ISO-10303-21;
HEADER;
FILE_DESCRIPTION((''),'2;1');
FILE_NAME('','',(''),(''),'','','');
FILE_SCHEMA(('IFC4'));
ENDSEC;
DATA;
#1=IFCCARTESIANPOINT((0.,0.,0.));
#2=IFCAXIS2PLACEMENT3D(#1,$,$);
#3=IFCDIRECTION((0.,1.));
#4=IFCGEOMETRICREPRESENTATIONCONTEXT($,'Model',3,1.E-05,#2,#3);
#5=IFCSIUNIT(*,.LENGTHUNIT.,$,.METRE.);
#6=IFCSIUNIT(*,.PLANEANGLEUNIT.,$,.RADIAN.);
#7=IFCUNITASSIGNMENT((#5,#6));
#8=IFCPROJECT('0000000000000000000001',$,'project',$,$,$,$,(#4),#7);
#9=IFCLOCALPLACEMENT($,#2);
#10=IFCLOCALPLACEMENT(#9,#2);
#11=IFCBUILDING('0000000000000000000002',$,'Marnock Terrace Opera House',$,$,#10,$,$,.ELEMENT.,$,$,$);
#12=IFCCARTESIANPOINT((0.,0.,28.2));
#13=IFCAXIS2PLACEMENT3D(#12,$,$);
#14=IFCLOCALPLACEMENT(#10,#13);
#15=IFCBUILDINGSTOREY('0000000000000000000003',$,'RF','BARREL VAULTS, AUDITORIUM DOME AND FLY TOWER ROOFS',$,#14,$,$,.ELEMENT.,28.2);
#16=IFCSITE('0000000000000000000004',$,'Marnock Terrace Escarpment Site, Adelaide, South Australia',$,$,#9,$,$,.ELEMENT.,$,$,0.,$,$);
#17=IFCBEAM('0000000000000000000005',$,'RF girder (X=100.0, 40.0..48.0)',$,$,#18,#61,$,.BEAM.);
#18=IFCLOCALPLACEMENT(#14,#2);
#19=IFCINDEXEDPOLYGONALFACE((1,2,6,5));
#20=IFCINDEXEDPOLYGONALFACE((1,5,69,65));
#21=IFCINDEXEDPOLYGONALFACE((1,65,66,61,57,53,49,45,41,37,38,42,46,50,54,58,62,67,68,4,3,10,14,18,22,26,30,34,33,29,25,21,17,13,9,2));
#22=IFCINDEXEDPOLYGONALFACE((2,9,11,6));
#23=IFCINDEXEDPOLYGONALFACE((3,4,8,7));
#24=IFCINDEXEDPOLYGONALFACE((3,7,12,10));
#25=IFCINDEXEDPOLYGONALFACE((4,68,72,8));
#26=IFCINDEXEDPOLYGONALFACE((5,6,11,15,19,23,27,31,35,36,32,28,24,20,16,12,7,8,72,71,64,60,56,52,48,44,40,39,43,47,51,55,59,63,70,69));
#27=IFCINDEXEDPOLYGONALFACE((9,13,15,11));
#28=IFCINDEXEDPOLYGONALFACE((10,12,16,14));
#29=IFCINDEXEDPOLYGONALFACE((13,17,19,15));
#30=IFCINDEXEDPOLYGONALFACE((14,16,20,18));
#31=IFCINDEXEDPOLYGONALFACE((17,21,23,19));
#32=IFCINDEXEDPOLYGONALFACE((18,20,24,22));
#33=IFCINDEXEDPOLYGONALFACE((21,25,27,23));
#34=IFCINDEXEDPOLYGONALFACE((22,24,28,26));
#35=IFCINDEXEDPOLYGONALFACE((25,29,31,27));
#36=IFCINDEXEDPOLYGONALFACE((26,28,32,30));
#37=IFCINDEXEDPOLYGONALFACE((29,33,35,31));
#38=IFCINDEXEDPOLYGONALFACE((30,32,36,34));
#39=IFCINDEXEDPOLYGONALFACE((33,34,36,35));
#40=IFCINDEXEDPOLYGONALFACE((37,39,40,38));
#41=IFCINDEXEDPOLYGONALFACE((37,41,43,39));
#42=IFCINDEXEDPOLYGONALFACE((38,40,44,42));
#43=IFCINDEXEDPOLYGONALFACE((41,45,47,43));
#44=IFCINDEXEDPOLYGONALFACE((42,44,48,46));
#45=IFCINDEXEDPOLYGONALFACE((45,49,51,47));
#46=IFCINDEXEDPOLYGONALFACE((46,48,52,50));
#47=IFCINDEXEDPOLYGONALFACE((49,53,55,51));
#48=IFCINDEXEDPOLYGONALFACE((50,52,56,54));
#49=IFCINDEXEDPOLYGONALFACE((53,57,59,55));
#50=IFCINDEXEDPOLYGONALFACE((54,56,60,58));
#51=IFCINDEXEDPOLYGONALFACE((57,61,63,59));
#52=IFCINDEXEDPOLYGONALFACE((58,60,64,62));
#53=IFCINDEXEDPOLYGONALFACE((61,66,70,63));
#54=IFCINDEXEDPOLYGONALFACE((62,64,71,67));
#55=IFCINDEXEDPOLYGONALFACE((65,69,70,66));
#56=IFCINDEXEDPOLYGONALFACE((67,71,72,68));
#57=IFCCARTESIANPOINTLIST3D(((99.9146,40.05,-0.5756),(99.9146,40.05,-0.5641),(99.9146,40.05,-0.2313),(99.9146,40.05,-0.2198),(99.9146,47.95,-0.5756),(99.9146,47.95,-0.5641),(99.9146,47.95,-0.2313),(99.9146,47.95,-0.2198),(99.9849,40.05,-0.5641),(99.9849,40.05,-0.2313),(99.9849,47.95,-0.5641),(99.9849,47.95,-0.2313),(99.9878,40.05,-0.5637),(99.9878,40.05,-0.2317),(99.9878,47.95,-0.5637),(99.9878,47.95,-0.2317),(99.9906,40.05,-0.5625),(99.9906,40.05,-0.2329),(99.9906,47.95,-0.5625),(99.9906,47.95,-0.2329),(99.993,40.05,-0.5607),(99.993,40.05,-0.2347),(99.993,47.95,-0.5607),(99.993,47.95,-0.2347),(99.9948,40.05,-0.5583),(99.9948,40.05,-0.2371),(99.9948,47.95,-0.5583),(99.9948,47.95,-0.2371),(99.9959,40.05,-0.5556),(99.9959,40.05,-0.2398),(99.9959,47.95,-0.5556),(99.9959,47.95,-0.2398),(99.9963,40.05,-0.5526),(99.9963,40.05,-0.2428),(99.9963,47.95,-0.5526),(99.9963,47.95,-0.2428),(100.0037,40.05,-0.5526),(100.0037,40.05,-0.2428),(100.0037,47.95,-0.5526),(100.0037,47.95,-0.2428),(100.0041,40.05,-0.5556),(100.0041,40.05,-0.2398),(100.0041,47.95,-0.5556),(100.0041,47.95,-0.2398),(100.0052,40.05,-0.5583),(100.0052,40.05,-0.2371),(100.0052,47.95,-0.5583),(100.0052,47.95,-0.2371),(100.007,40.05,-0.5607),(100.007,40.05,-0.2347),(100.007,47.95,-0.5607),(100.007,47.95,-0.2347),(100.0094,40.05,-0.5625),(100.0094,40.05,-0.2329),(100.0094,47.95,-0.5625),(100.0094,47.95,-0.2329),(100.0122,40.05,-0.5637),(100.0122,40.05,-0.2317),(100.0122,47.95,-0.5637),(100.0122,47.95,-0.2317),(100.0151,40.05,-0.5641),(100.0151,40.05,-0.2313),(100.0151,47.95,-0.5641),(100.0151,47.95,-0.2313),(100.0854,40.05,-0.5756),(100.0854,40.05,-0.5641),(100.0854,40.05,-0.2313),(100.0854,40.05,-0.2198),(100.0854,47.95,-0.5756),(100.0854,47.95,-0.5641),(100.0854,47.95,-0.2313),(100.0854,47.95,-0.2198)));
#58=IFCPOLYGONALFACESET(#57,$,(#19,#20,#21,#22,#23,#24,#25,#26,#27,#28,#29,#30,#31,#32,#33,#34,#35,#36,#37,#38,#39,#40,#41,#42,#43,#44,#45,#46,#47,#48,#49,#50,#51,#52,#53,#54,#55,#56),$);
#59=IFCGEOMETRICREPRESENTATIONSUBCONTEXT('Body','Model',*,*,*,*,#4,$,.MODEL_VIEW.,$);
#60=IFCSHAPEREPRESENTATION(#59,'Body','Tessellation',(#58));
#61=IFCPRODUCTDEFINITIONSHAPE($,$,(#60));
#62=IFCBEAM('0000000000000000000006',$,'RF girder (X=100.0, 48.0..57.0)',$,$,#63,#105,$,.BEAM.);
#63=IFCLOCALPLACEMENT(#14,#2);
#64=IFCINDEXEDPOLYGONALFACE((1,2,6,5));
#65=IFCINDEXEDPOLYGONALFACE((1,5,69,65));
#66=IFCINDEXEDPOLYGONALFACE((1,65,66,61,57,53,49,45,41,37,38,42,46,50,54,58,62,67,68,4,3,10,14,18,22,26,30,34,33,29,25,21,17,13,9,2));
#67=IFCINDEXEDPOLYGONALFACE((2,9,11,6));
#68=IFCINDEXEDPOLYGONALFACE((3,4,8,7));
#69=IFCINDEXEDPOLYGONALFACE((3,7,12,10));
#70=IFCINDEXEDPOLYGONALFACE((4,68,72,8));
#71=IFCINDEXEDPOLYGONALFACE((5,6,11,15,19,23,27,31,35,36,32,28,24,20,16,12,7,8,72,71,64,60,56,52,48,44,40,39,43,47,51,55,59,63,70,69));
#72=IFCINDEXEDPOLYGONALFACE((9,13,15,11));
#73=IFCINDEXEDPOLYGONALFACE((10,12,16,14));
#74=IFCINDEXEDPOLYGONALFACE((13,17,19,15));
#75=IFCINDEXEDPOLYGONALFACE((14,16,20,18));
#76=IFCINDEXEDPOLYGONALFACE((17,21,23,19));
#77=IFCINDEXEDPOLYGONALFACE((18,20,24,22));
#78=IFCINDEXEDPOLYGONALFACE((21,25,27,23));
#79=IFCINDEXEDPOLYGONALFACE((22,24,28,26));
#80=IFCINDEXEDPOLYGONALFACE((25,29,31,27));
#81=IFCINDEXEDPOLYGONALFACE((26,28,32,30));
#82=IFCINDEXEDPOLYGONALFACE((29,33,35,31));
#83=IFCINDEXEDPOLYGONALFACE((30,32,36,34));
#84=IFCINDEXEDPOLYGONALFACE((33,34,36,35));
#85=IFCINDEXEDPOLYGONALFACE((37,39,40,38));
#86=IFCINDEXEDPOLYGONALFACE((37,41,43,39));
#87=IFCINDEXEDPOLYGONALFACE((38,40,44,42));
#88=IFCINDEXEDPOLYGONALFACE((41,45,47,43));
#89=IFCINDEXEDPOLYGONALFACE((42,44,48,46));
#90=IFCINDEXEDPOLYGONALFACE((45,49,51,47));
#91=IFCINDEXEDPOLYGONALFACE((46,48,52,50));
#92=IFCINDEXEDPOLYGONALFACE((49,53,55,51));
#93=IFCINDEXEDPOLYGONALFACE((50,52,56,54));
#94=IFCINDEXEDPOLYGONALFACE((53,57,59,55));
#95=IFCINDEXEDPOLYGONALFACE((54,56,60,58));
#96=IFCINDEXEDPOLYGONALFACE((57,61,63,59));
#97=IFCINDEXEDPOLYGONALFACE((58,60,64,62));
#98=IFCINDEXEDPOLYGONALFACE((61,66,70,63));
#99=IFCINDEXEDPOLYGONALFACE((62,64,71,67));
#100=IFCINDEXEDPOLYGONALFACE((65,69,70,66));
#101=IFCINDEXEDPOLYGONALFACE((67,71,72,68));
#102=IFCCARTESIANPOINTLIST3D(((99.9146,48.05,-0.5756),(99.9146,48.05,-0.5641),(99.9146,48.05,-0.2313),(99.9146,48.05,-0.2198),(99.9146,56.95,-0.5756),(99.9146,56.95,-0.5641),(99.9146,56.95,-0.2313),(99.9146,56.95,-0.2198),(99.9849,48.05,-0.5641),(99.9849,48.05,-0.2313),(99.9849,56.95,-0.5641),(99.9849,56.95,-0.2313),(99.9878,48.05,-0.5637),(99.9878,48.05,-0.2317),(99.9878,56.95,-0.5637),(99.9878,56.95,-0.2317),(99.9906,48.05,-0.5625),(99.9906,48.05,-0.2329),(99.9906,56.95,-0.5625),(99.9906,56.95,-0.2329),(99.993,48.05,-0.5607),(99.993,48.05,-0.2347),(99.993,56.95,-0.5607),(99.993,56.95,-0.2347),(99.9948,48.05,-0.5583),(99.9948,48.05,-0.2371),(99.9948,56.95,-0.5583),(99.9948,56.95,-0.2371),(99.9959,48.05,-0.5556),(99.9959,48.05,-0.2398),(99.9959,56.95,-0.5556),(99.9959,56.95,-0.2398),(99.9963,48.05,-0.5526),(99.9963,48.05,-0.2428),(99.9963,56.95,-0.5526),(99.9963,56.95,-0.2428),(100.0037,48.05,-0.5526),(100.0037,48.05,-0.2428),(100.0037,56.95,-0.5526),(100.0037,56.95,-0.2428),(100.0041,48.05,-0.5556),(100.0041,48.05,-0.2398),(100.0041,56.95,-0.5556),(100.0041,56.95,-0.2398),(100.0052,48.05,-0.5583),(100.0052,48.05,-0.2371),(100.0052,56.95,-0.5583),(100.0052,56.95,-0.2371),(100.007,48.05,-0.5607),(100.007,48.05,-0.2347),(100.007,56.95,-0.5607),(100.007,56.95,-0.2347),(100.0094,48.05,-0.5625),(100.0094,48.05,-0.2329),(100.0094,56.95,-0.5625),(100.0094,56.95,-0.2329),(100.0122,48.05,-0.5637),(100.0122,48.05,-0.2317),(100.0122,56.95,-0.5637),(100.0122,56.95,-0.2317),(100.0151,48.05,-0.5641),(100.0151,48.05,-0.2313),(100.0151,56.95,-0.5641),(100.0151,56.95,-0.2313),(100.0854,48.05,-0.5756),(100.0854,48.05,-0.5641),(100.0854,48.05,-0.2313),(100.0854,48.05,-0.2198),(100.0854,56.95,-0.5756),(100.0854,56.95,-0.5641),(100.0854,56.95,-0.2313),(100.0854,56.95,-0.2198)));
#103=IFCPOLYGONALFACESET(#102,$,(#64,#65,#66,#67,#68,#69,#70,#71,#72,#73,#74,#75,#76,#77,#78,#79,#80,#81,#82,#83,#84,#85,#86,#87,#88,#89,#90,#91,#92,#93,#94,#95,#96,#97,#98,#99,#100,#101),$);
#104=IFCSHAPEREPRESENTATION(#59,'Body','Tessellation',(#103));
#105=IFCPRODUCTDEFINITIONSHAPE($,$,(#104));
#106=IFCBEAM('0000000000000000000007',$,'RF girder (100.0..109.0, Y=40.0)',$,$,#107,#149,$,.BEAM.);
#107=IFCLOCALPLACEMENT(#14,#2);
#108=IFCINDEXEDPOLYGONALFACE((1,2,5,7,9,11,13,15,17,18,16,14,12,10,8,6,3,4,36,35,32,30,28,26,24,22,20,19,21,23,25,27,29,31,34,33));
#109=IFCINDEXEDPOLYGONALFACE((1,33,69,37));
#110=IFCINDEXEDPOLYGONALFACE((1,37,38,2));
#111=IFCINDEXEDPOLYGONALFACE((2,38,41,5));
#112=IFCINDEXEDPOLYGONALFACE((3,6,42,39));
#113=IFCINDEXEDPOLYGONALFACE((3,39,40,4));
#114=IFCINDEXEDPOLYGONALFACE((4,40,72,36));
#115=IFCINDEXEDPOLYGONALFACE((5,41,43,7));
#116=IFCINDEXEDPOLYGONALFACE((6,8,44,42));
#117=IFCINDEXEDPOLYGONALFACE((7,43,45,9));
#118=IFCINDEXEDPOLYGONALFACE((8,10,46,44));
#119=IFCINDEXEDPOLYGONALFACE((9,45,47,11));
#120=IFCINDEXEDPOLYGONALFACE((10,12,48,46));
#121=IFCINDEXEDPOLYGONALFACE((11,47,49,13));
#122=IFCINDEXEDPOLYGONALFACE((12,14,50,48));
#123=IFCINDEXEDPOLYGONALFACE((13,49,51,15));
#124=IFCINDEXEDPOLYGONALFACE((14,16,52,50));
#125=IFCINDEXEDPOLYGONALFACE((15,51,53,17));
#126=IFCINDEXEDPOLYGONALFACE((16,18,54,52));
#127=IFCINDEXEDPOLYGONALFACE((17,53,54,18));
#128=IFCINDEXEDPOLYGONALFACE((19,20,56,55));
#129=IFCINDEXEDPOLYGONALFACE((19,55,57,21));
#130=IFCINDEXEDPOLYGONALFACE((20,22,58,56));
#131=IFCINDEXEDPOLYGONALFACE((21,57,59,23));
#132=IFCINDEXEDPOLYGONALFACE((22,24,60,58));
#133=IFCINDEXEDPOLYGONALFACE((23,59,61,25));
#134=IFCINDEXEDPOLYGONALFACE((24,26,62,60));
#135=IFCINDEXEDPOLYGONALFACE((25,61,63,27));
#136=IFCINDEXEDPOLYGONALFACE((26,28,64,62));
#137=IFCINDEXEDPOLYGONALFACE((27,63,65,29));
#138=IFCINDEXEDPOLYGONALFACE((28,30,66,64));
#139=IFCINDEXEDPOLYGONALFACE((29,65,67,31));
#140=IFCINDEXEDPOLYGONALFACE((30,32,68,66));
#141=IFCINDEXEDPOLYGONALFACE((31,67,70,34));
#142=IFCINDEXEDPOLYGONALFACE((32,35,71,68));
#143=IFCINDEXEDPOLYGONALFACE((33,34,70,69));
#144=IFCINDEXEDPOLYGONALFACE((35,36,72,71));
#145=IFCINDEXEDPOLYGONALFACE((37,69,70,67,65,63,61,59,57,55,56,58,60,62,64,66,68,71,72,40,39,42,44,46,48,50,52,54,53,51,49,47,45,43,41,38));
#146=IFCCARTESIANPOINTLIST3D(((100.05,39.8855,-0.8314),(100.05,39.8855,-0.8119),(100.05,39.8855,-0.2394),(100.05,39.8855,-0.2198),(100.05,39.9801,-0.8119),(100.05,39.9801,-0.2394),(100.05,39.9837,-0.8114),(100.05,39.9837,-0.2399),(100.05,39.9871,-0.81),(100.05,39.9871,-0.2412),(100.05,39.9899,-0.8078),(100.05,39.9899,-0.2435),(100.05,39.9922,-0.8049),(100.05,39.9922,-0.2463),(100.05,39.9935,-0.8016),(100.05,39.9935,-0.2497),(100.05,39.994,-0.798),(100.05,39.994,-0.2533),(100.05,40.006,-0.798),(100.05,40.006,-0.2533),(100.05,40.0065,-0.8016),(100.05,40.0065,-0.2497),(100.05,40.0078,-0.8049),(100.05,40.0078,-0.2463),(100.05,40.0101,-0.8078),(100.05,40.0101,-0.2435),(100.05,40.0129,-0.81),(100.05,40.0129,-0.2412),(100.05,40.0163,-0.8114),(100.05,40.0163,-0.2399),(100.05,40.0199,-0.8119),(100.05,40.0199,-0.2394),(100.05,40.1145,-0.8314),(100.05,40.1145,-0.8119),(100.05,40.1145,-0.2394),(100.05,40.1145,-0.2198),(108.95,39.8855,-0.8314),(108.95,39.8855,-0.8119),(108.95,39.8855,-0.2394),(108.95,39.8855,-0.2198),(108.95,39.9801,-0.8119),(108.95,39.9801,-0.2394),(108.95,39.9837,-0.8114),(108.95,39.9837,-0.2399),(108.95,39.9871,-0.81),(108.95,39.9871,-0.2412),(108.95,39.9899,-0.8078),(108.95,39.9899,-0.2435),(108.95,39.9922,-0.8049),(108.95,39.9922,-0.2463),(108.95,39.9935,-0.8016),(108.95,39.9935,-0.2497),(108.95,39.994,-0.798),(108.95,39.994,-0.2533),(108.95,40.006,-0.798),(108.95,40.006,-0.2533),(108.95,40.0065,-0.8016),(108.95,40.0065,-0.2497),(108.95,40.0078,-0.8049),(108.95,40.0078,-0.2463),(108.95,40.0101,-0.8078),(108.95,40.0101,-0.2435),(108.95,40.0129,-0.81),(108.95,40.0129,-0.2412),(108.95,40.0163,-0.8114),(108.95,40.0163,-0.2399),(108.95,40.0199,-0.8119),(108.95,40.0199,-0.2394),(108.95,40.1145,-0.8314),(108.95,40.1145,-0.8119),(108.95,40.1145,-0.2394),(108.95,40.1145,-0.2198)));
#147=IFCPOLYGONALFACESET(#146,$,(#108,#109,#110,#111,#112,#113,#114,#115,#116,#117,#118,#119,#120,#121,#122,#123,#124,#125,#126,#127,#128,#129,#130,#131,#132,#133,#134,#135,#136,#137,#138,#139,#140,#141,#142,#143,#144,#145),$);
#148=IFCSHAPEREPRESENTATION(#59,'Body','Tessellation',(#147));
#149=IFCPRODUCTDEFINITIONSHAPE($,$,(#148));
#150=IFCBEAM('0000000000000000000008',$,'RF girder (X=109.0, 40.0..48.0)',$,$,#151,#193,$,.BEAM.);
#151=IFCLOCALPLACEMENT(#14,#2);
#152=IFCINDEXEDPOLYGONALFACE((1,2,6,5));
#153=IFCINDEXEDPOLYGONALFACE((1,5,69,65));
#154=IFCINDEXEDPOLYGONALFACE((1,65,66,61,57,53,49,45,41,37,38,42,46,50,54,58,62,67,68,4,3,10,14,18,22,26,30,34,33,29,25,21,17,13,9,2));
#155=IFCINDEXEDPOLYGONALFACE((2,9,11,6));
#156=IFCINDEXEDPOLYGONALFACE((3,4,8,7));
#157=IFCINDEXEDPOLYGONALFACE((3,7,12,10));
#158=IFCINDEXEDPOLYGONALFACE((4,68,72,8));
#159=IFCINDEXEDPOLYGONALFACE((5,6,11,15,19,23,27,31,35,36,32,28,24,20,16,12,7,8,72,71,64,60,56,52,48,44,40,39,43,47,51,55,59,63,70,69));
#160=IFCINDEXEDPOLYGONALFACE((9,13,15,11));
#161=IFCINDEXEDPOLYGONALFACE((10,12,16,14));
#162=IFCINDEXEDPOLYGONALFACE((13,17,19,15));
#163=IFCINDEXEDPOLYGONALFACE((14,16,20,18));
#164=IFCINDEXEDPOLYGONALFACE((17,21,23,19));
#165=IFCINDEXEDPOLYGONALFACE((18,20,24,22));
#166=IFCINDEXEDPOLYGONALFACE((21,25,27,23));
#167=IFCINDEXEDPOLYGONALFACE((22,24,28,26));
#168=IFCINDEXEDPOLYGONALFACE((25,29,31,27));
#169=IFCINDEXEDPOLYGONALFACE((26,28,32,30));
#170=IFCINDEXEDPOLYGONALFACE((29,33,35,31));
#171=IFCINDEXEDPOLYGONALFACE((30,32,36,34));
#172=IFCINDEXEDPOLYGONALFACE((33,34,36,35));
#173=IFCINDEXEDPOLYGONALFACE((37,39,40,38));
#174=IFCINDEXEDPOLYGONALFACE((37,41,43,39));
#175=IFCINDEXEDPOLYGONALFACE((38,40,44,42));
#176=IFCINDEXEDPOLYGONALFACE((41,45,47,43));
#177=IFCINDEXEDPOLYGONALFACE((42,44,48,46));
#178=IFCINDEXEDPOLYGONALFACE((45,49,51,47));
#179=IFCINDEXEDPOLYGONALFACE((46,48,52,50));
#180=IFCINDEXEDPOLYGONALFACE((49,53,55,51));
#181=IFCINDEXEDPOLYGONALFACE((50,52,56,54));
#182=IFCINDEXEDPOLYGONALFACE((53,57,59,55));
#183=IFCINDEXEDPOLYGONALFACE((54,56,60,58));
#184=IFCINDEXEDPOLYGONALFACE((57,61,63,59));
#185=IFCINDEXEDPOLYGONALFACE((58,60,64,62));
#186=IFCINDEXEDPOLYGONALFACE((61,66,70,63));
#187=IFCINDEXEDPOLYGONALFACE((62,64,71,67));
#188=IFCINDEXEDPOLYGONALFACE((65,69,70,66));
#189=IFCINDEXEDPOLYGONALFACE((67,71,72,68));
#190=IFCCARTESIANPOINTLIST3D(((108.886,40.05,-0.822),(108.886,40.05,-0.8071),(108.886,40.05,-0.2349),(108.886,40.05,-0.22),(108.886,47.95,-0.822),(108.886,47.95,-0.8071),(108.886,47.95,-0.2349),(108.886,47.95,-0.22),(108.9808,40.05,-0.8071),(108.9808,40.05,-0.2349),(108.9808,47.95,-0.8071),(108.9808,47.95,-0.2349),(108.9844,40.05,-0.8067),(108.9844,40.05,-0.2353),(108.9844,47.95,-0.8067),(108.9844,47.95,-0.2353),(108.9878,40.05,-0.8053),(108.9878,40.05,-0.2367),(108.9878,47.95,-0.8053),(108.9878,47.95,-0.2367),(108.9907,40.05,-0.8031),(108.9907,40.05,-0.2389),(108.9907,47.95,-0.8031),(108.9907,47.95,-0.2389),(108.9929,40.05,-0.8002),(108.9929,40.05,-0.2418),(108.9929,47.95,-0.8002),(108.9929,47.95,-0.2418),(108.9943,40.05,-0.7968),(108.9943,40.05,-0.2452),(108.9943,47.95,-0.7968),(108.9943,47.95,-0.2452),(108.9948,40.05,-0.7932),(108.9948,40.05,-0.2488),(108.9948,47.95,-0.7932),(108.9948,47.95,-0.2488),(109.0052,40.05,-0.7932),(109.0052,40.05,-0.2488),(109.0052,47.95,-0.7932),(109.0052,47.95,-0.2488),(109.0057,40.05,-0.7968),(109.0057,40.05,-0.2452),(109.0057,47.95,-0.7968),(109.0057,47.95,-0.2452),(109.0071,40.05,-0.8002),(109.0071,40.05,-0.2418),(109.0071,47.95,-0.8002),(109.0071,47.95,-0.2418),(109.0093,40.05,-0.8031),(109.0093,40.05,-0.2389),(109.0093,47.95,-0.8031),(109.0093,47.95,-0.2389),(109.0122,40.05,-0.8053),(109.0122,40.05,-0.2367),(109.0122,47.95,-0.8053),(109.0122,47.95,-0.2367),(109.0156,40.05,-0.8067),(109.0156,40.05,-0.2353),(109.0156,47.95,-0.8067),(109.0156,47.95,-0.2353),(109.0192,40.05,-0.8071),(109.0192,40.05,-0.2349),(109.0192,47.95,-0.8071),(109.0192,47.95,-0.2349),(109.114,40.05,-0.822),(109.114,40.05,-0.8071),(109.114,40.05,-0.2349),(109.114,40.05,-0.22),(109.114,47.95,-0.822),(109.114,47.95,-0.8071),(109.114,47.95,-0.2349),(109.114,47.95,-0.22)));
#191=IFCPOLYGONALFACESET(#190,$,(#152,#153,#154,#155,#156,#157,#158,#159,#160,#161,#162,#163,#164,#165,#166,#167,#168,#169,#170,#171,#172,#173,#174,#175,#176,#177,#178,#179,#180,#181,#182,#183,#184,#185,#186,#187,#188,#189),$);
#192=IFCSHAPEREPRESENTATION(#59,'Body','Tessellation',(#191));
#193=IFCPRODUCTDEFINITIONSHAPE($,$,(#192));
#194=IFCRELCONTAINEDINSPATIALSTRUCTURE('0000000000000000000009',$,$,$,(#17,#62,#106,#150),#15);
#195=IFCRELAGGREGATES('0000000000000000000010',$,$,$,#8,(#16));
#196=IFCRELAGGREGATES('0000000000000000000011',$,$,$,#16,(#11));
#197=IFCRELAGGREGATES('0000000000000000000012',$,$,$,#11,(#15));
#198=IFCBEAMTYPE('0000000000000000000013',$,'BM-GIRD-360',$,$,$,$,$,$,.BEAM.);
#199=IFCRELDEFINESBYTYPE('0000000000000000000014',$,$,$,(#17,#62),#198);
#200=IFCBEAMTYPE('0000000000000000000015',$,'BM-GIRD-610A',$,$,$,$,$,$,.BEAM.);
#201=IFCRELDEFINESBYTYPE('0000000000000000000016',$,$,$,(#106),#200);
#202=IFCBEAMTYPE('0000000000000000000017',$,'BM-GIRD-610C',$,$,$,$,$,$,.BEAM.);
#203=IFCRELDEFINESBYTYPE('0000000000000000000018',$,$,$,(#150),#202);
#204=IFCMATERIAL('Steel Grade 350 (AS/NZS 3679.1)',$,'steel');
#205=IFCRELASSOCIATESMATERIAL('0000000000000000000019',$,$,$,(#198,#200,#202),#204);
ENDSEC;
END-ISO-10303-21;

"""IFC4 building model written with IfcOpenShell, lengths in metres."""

from ifc_helpers import new_model, si_unit, direction, frame, origin, origin_2d, place, context, subcontext, project, spatial, i_section, extrude, material, material_profile, profile_set, type_object, element, save


model = new_model("IFC4")

# Units and contexts
model_context = context("Model", 3, precision=1e-05, world=origin(), true_north=direction((0.0, 1.0)))
body_context = subcontext(model_context, "Body", "Model", "MODEL_VIEW")
ifc_project = project(units=[si_unit("LENGTHUNIT", "METRE"), si_unit("PLANEANGLEUNIT", "RADIAN")], contexts=[model_context])

# Site, building, storey
site_placement = place(None, origin())
site = spatial("IfcSite", under=ifc_project, at=site_placement, Name="Marnock Terrace Escarpment Site, Adelaide, South Australia", CompositionType="ELEMENT", RefElevation=0.0)
building_placement = place(site_placement, origin())
building = spatial("IfcBuilding", under=site, at=building_placement, Name="Marnock Terrace Opera House", CompositionType="ELEMENT")
storey_placement = place(building_placement, frame((0.0, 0.0, 28.2)))
storey = spatial("IfcBuildingStorey", under=building, at=storey_placement, Name="RF", Description="BARREL VAULTS, AUDITORIUM DOME AND FLY TOWER ROOFS", CompositionType="ELEMENT", Elevation=28.2)

# Beams
ifc_material_1 = material(Name="Steel Grade 350 (AS/NZS 3679.1)", Category="steel")
ifc_material_profile_1 = material_profile(ifc_material_1, i_section(OverallWidth=0.1709, OverallDepth=0.3557, WebThickness=0.0073, FlangeThickness=0.0115, FilletRadius=0.0115, at=origin_2d()))
ifc_profile_set_1 = profile_set([ifc_material_profile_1], Name="Steel Grade 350 (AS/NZS 3679.1)")
beam_type_1 = type_object("IfcBeamType", Name="BM-GIRD-360", PredefinedType="BEAM", material=ifc_profile_set_1)
beam_1_placement = place(storey_placement, frame((100.0, 40.05, -0.3977), z_axis=(0.0, 1.0, 0.0), x_axis=(-1.0, 0.0, 0.0)))
element("IfcBeam", 1, at=beam_1_placement, inside=storey, type_object=beam_type_1, Name="RF girder (X=100.0, 40.0..48.0)", PredefinedType="BEAM", context=body_context, shape_type="SweptSolid", body=[
    extrude(i_section(OverallWidth=0.1709, OverallDepth=0.3557, WebThickness=0.0073, FlangeThickness=0.0115, FilletRadius=0.0115, at=origin_2d()), origin(), (0.0, 0.0, 1.0), 7.8999),
])
beam_2_placement = place(storey_placement, frame((100.0, 48.05, -0.3977), z_axis=(0.0, 1.0, 0.0), x_axis=(-1.0, 0.0, 0.0)))
element("IfcBeam", 2, at=beam_2_placement, inside=storey, type_object=beam_type_1, Name="RF girder (X=100.0, 48.0..57.0)", PredefinedType="BEAM", context=body_context, shape_type="SweptSolid", body=[
    extrude(i_section(OverallWidth=0.1709, OverallDepth=0.3557, WebThickness=0.0073, FlangeThickness=0.0115, FilletRadius=0.0115, at=origin_2d()), origin(), (0.0, 0.0, 1.0), 8.8999),
])
ifc_material_profile_2 = material_profile(ifc_material_1, i_section(OverallWidth=0.229, OverallDepth=0.6116, WebThickness=0.012, FlangeThickness=0.0195, FilletRadius=0.0139, at=origin_2d()))
ifc_profile_set_2 = profile_set([ifc_material_profile_2], Name="Steel Grade 350 (AS/NZS 3679.1)")
beam_type_2 = type_object("IfcBeamType", Name="BM-GIRD-610A", PredefinedType="BEAM", material=ifc_profile_set_2)
beam_3_placement = place(storey_placement, frame((100.05, 40.0, -0.5256), z_axis=(1.0, 0.0, 0.0), x_axis=(0.0, 1.0, 0.0)))
element("IfcBeam", 3, at=beam_3_placement, inside=storey, type_object=beam_type_2, Name="RF girder (100.0..109.0, Y=40.0)", PredefinedType="BEAM", context=body_context, shape_type="SweptSolid", body=[
    extrude(i_section(OverallWidth=0.229, OverallDepth=0.6116, WebThickness=0.012, FlangeThickness=0.0195, FilletRadius=0.0139, at=origin_2d()), origin(), (0.0, 0.0, 1.0), 8.8999),
])
ifc_material_profile_3 = material_profile(ifc_material_1, i_section(OverallWidth=0.228, OverallDepth=0.6021, WebThickness=0.0105, FlangeThickness=0.0149, FilletRadius=0.0139, at=origin_2d()))
ifc_profile_set_3 = profile_set([ifc_material_profile_3], Name="Steel Grade 350 (AS/NZS 3679.1)")
beam_type_3 = type_object("IfcBeamType", Name="BM-GIRD-610C", PredefinedType="BEAM", material=ifc_profile_set_3)
beam_4_placement = place(storey_placement, frame((109.0, 40.05, -0.521), z_axis=(0.0, 1.0, 0.0), x_axis=(-1.0, 0.0, 0.0)))
element("IfcBeam", 4, at=beam_4_placement, inside=storey, type_object=beam_type_3, Name="RF girder (X=109.0, 40.0..48.0)", PredefinedType="BEAM", context=body_context, shape_type="SweptSolid", body=[
    extrude(i_section(OverallWidth=0.228, OverallDepth=0.6021, WebThickness=0.0105, FlangeThickness=0.0149, FilletRadius=0.0139, at=origin_2d()), origin(), (0.0, 0.0, 1.0), 7.8999),
])

save(model, "model.ifc")
